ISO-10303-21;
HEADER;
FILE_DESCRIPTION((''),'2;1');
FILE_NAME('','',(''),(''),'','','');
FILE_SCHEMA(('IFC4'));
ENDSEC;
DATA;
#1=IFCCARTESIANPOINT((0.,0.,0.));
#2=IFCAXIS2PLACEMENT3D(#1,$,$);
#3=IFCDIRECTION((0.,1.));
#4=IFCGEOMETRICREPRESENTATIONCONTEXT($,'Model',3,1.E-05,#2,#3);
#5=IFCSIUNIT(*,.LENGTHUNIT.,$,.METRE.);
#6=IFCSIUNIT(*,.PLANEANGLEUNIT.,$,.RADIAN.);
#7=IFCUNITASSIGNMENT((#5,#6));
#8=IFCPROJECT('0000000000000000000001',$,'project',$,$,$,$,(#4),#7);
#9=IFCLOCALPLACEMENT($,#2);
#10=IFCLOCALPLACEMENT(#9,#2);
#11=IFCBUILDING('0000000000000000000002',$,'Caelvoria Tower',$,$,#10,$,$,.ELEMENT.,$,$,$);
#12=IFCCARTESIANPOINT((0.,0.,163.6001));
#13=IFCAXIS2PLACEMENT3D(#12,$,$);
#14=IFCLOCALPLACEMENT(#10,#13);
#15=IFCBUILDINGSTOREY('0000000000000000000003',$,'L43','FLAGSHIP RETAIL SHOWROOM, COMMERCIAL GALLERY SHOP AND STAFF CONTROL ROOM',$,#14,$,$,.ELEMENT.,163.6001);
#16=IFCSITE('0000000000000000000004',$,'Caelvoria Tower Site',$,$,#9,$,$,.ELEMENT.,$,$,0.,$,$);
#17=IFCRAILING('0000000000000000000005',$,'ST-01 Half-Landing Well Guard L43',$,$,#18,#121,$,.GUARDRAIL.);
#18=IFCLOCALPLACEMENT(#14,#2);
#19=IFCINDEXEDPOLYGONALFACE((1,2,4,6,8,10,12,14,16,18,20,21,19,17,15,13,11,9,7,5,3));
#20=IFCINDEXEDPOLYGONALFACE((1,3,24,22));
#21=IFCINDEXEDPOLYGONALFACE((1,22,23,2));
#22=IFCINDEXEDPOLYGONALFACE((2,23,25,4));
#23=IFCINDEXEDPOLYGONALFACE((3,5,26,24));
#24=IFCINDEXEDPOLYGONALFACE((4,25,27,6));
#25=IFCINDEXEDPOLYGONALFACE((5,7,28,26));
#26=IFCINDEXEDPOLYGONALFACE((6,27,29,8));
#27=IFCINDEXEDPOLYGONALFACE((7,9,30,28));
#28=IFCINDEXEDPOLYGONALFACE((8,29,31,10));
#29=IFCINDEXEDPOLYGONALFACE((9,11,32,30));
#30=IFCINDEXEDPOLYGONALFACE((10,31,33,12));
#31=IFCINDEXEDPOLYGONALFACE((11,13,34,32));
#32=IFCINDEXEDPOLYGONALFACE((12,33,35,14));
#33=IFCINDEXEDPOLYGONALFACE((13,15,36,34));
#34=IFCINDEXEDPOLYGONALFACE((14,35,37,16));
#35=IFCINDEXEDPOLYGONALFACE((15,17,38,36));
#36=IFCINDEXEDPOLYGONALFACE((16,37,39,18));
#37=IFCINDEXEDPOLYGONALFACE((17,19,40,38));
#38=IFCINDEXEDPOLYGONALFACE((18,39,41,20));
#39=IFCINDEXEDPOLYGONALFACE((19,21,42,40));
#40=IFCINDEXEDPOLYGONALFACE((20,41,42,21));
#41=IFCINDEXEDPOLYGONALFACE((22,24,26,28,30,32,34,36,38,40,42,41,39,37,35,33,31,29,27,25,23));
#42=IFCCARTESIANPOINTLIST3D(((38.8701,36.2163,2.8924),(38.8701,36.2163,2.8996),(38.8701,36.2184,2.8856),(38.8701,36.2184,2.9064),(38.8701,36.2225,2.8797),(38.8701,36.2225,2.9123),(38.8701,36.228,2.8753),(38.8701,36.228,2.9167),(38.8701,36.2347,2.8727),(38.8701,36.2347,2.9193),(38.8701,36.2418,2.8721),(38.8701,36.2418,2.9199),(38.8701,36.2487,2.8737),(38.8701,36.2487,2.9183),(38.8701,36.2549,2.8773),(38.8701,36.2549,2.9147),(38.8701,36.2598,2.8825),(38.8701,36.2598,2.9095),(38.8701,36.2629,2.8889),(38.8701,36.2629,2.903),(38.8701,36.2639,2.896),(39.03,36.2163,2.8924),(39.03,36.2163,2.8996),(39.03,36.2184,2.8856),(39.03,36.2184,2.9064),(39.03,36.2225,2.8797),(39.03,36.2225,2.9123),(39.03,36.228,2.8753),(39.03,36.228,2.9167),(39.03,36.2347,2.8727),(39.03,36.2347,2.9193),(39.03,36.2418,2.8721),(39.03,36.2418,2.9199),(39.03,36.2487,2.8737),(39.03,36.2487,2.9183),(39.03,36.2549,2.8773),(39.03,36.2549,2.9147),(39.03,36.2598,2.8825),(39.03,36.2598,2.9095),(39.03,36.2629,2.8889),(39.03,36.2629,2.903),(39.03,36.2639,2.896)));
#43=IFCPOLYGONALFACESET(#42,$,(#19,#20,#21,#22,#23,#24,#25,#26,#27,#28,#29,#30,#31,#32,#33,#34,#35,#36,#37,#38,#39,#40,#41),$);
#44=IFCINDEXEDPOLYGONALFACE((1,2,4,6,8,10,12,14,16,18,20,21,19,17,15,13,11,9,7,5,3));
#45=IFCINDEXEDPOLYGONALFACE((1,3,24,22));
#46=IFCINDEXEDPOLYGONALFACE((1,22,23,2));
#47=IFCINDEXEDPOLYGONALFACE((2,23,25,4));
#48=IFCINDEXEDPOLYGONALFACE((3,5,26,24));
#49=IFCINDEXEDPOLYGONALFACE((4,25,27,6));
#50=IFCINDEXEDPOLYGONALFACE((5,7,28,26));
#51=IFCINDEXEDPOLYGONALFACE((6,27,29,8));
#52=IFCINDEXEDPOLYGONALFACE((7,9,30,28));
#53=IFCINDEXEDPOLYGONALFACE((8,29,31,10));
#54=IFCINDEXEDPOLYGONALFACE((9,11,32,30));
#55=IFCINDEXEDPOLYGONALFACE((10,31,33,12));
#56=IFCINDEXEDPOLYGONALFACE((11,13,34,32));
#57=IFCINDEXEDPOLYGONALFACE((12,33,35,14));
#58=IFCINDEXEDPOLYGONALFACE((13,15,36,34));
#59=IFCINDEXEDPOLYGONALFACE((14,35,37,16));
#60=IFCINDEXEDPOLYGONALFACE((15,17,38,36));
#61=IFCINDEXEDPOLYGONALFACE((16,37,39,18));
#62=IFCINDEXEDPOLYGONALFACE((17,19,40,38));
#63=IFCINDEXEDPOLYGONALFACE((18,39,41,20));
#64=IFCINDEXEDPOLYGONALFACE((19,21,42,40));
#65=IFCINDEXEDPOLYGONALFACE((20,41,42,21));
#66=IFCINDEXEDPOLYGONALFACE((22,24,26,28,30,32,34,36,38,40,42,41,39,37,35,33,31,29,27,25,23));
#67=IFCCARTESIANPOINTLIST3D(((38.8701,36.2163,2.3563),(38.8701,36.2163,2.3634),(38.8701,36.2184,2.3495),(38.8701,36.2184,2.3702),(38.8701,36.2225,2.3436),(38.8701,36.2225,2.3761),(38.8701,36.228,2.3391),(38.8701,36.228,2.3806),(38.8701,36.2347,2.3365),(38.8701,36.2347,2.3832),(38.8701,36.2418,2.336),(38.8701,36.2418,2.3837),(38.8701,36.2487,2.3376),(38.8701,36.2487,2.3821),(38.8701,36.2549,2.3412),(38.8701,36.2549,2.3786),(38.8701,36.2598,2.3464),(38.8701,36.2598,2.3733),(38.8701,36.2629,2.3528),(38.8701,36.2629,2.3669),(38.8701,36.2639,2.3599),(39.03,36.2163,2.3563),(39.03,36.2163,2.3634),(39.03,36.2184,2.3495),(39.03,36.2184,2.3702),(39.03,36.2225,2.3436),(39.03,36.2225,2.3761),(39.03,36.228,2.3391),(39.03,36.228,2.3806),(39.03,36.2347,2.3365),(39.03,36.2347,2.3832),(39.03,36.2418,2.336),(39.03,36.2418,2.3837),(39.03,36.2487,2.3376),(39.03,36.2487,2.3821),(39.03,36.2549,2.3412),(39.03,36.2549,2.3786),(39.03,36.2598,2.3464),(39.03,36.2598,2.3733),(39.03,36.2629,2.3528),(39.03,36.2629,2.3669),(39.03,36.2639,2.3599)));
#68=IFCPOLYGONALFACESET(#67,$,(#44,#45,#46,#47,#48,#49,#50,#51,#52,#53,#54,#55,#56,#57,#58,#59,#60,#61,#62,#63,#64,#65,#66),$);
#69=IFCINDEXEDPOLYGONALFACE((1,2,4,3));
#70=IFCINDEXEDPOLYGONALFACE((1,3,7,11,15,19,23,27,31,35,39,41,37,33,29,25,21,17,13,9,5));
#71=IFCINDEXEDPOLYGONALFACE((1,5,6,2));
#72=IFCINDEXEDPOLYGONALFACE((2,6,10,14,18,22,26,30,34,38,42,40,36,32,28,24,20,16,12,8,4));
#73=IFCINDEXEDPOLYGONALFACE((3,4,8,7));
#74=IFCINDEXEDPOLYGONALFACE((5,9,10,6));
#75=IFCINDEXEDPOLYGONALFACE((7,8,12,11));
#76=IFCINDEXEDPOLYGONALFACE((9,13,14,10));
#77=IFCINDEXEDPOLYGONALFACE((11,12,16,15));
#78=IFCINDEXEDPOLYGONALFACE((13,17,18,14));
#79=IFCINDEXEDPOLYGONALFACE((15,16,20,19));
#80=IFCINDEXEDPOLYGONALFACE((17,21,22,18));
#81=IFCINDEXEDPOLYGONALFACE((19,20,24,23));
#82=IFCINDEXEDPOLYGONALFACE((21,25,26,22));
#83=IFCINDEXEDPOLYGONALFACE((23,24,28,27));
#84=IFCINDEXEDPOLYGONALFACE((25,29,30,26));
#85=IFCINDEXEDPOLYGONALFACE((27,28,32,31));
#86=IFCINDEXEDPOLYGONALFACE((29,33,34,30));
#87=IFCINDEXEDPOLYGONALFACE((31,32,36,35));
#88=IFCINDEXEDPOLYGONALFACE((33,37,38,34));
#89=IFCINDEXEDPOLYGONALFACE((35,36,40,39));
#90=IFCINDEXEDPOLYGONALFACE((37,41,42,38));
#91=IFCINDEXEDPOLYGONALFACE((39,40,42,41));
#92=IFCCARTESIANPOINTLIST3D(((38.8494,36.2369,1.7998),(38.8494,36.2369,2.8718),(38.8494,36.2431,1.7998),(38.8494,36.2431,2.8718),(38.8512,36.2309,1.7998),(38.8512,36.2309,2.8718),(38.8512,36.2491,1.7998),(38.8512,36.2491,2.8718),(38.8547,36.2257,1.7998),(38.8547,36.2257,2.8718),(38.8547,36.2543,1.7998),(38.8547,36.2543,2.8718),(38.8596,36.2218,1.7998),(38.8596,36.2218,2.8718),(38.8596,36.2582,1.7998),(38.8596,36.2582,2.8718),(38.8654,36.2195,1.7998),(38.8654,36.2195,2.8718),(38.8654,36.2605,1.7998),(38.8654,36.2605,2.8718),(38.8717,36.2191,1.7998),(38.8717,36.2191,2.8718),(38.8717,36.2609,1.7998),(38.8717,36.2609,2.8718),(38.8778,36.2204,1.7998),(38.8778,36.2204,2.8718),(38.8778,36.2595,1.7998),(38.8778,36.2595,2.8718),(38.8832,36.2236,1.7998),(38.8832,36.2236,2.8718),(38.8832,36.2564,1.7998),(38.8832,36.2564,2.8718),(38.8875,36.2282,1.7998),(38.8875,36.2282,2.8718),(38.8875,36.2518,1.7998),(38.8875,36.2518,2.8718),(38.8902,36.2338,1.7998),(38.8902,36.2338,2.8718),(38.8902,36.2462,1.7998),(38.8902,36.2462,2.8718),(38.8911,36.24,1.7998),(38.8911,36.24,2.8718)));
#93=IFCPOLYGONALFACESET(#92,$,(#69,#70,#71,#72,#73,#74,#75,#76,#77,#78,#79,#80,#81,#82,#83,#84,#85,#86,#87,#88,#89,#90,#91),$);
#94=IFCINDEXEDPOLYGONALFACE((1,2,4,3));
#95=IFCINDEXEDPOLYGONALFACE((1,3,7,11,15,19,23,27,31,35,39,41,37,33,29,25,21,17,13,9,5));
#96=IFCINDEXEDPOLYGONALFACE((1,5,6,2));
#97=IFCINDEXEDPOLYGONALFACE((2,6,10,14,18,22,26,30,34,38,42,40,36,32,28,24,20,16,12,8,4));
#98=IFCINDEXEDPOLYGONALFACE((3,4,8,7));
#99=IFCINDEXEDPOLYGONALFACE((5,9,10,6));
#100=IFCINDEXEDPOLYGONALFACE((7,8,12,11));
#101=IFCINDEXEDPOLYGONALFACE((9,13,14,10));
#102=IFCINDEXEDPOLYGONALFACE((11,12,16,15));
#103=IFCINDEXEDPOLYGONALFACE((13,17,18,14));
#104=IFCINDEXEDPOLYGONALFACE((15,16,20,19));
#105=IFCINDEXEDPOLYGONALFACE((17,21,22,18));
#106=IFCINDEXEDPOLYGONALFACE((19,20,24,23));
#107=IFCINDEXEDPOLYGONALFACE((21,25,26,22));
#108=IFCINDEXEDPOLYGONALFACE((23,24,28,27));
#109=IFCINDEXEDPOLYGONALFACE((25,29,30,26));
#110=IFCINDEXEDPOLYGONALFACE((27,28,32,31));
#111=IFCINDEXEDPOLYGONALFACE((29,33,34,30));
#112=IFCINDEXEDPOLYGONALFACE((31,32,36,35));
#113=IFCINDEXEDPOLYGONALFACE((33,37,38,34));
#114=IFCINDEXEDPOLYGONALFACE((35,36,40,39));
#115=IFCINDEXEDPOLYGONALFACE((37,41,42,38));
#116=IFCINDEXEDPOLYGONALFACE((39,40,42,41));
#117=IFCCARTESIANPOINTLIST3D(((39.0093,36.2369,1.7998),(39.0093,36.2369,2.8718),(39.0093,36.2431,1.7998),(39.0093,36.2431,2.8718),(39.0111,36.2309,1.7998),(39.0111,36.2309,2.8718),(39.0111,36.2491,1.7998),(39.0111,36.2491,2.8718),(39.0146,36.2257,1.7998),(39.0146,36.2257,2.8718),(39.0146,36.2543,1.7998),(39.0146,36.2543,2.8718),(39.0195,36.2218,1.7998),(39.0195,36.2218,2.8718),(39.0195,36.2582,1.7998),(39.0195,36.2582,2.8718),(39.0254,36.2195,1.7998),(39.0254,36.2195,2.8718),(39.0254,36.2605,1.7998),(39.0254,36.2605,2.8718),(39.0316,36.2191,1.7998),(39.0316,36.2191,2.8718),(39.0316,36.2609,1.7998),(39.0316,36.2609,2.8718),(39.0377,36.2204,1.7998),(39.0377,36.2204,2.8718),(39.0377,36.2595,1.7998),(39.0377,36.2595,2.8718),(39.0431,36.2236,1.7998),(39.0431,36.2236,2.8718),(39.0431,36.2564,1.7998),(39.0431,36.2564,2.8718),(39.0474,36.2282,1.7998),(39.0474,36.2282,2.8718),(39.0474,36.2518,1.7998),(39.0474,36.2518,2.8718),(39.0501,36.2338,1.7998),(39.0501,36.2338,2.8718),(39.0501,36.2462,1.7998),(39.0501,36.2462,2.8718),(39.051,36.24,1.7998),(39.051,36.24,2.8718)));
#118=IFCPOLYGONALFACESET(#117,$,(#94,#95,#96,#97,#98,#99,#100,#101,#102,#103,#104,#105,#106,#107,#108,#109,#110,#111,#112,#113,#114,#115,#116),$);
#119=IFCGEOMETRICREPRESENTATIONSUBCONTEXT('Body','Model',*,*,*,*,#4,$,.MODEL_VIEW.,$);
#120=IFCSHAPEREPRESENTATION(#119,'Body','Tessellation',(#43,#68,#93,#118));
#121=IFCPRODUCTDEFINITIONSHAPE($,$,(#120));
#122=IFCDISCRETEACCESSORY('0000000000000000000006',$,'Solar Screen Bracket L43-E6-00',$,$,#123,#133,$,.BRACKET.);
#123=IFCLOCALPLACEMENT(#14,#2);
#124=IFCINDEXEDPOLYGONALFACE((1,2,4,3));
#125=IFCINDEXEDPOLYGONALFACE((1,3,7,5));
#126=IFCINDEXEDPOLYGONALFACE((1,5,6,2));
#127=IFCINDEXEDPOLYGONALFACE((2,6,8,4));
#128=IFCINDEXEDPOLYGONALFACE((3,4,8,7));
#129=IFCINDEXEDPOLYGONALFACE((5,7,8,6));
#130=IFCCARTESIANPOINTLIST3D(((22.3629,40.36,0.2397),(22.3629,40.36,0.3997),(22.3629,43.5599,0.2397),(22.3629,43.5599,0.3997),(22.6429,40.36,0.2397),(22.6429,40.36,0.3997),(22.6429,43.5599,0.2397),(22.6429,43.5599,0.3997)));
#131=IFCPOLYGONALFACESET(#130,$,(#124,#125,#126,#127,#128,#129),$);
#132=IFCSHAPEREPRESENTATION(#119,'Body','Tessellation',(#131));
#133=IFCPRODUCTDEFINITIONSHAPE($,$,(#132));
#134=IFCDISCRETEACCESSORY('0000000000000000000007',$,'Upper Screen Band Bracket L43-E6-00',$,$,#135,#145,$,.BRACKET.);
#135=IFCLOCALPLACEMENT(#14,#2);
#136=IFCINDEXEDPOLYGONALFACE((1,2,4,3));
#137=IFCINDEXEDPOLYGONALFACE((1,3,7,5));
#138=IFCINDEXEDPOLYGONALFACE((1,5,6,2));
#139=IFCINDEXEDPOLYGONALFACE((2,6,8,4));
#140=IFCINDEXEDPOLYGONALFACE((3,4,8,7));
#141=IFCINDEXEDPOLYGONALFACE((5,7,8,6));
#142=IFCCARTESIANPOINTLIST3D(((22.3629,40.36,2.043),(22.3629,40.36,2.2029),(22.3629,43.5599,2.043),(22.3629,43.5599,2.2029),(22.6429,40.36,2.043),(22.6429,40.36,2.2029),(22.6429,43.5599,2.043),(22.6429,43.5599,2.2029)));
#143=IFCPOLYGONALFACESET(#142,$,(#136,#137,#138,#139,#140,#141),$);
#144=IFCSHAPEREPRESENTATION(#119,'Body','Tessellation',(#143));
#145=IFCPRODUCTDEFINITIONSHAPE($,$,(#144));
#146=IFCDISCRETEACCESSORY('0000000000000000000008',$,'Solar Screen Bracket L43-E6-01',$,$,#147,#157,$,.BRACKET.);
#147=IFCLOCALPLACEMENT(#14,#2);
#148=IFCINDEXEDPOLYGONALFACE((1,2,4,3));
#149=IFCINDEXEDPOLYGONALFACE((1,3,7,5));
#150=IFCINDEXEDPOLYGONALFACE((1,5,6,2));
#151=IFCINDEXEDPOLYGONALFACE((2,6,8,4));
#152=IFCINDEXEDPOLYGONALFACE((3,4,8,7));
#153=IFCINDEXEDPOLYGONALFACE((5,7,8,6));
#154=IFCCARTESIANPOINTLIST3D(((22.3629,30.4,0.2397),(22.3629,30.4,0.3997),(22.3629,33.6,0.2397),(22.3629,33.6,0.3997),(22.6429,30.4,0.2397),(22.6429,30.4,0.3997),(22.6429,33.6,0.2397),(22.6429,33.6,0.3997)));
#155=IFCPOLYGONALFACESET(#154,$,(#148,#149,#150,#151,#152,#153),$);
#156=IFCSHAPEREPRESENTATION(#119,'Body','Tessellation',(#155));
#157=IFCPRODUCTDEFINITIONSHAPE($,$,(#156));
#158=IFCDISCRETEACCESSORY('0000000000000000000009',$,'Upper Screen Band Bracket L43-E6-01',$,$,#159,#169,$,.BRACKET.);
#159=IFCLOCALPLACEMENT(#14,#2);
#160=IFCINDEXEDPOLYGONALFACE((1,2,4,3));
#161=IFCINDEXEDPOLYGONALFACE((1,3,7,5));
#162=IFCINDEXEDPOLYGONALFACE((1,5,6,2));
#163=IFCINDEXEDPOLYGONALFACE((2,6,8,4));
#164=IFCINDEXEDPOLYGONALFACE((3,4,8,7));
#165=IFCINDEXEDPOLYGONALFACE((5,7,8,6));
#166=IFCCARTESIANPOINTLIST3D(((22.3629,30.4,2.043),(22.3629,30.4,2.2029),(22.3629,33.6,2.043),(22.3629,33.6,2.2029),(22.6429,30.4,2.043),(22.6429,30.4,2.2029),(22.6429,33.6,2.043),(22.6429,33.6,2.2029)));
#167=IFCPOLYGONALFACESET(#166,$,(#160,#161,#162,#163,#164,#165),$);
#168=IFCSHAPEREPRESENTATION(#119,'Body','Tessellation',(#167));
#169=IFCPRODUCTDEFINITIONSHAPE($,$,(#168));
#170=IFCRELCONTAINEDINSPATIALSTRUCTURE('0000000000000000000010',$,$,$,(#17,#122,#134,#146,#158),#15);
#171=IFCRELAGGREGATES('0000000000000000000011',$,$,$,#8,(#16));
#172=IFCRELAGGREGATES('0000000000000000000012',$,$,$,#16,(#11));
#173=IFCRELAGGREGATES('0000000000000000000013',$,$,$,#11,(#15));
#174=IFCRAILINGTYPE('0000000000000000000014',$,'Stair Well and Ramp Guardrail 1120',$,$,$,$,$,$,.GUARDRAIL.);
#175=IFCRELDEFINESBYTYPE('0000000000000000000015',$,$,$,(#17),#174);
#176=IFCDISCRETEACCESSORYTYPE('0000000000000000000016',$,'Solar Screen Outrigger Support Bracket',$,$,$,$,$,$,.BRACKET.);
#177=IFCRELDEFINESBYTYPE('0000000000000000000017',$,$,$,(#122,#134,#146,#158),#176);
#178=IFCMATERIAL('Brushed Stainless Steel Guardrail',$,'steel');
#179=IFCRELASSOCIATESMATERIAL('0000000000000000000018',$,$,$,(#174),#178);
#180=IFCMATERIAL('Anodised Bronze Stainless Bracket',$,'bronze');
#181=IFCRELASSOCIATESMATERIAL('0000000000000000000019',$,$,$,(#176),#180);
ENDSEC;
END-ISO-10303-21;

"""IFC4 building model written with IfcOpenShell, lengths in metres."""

from ifc_helpers import new_model, si_unit, direction, frame, origin, origin_2d, place, context, subcontext, project, spatial, rectangle, circle, extrude, material, type_object, element, save


model = new_model("IFC4")

# Units and contexts
model_context = context("Model", 3, precision=1e-05, world=origin(), true_north=direction((0.0, 1.0)))
body_context = subcontext(model_context, "Body", "Model", "MODEL_VIEW")
ifc_project = project(units=[si_unit("LENGTHUNIT", "METRE"), si_unit("PLANEANGLEUNIT", "RADIAN")], contexts=[model_context])

# Site, building, storey
site_placement = place(None, origin())
site = spatial("IfcSite", under=ifc_project, at=site_placement, Name="Caelvoria Tower Site", CompositionType="ELEMENT", RefElevation=0.0)
building_placement = place(site_placement, origin())
building = spatial("IfcBuilding", under=site, at=building_placement, Name="Caelvoria Tower", CompositionType="ELEMENT")
storey_placement = place(building_placement, frame((0.0, 0.0, 163.6001)))
storey = spatial("IfcBuildingStorey", under=building, at=storey_placement, Name="L43", Description="FLAGSHIP RETAIL SHOWROOM, COMMERCIAL GALLERY SHOP AND STAFF CONTROL ROOM", CompositionType="ELEMENT", Elevation=163.6001)

# Railing
ifc_material_1 = material(Name="Brushed Stainless Steel Guardrail", Category="steel")
railing_type_1 = type_object("IfcRailingType", Name="Stair Well and Ramp Guardrail 1120", PredefinedType="GUARDRAIL", material=ifc_material_1)
railing_1_placement = place(storey_placement, frame((38.8701, 36.24, 1.7998)))
element("IfcRailing", 1, at=railing_1_placement, inside=storey, type_object=railing_type_1, Name="ST-01 Half-Landing Well Guard L43", PredefinedType="GUARDRAIL", context=body_context, shape_type="SweptSolid", body=[
    extrude(circle(Radius=0.0239, at=origin_2d()), frame((0.0, 0.0, 1.0962), z_axis=(1.0, 0.0, 0.0), x_axis=(0.0, 1.0, 0.0)), (0.0, 0.0, 1.0), 0.1599),
    extrude(circle(Radius=0.0239, at=origin_2d()), frame((0.0, 0.0, 0.5601), z_axis=(1.0, 0.0, 0.0), x_axis=(0.0, 1.0, 0.0)), (0.0, 0.0, 1.0), 0.1599),
    extrude(circle(Radius=0.021, at=origin_2d()), origin(), (0.0, 0.0, 1.0), 1.072),
    extrude(circle(Radius=0.021, at=origin_2d()), frame((0.1599, 0.0, 0.0)), (0.0, 0.0, 1.0), 1.072),
])

# Discrete accessories
ifc_material_2 = material(Name="Anodised Bronze Stainless Bracket", Category="bronze")
discrete_accessory_type = type_object("IfcDiscreteAccessoryType", Name="Solar Screen Outrigger Support Bracket", PredefinedType="BRACKET", material=ifc_material_2)
for number, where, z_axis, x_axis, name in (
    (2, (22.5029, 41.96, 0.2397), (0.0, 0.0, 1.0), (0.0, -1.0, 0.0), "Solar Screen Bracket L43-E6-00"),
    (3, (22.5029, 41.96, 2.043), (0.0, 0.0, 1.0), (0.0, -1.0, 0.0), "Upper Screen Band Bracket L43-E6-00"),
    (4, (22.5029, 32.0, 0.2397), (0.0, 0.0, 1.0), (0.0, -1.0, 0.0), "Solar Screen Bracket L43-E6-01"),
    (5, (22.5029, 32.0, 2.043), (0.0, 0.0, 1.0), (0.0, -1.0, 0.0), "Upper Screen Band Bracket L43-E6-01"),
):
    element("IfcDiscreteAccessory", number, at=place(storey_placement, frame(where, z_axis=z_axis, x_axis=x_axis)), inside=storey, type_object=discrete_accessory_type, Name=name, PredefinedType="BRACKET", context=body_context, shape_type="SweptSolid", body=[
        extrude(rectangle(XDim=3.2, YDim=0.28, at=origin_2d()), origin(), (0.0, 0.0, 1.0), 0.1599),
    ])

save(model, "model.ifc")
